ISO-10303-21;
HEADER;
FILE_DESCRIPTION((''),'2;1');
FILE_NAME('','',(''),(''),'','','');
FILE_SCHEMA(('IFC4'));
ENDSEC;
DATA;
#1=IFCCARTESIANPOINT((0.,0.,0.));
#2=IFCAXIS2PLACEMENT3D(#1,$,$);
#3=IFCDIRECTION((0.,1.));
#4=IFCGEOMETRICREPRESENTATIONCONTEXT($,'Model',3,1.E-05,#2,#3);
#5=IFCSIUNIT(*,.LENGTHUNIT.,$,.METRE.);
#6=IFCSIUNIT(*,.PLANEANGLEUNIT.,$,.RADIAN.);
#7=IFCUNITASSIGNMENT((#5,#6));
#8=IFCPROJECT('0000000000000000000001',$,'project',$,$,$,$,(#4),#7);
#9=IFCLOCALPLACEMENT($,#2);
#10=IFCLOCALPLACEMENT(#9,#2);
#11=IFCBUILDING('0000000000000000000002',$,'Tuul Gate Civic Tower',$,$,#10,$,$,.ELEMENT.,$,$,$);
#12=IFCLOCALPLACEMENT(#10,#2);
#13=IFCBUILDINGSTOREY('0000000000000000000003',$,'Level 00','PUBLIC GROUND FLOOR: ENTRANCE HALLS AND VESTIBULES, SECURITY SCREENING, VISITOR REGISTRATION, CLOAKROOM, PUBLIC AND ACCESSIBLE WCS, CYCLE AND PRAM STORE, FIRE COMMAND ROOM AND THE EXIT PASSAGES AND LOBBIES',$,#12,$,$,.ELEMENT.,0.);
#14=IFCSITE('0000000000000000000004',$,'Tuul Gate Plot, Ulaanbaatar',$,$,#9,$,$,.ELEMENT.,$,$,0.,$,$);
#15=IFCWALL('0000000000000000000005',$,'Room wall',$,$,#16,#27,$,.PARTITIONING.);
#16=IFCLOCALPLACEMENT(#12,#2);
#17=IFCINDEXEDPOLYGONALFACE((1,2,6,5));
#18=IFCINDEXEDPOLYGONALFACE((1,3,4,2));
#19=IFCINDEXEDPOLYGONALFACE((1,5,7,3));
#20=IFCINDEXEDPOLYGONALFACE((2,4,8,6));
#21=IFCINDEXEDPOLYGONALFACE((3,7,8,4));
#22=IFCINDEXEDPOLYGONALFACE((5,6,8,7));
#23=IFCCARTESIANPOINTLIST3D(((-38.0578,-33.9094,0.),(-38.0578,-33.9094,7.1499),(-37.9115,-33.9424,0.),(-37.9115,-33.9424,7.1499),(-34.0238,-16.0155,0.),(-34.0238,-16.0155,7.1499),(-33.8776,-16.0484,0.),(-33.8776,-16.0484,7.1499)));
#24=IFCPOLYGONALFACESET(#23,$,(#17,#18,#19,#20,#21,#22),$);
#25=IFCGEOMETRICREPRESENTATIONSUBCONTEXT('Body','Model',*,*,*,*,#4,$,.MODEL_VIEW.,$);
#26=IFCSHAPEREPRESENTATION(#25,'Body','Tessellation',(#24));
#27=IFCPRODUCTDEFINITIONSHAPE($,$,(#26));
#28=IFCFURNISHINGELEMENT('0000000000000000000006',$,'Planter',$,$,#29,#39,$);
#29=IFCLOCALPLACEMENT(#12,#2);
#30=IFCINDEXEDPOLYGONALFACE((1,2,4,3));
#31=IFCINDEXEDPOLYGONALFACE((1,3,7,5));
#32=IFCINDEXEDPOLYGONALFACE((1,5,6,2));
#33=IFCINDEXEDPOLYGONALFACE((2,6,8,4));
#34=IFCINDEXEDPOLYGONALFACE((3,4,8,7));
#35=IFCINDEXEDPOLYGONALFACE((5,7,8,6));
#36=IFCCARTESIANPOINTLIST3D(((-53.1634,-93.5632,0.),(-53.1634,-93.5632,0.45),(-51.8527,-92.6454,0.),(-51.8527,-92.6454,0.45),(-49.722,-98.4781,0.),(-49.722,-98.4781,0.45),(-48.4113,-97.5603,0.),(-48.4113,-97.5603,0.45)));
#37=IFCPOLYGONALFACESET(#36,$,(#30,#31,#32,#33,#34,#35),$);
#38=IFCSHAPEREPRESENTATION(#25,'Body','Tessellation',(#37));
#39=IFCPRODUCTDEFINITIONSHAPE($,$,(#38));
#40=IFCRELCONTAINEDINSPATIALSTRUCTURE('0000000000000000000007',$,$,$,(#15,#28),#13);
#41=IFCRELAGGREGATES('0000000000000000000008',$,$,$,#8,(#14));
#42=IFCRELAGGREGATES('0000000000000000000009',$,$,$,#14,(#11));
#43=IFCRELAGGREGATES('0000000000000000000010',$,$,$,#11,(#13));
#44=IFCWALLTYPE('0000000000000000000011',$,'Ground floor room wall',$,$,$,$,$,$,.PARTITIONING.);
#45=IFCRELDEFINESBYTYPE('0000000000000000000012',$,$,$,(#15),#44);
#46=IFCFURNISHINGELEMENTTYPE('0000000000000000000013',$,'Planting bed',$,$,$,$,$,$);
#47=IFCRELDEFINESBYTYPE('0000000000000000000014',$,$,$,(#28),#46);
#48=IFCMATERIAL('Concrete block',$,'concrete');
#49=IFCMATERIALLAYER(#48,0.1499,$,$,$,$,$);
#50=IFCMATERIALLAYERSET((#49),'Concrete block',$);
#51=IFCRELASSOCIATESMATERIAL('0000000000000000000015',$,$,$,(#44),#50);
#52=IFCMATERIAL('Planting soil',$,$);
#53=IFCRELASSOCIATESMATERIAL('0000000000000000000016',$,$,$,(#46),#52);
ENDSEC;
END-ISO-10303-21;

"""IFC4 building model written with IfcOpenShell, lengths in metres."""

from ifc_helpers import new_model, si_unit, direction, frame, frame_2d, origin, origin_2d, place, context, subcontext, project, spatial, rectangle, extrude, material, layer, layer_set, type_object, element, save


model = new_model("IFC4")

# Units and contexts
model_context = context("Model", 3, precision=1e-05, world=origin(), true_north=direction((0.0, 1.0)))
body_context = subcontext(model_context, "Body", "Model", "MODEL_VIEW")
ifc_project = project(units=[si_unit("LENGTHUNIT", "METRE"), si_unit("PLANEANGLEUNIT", "RADIAN")], contexts=[model_context])

# Site, building, storey
site_placement = place(None, origin())
site = spatial("IfcSite", under=ifc_project, at=site_placement, Name="Tuul Gate Plot, Ulaanbaatar", CompositionType="ELEMENT", RefElevation=0.0)
building_placement = place(site_placement, origin())
building = spatial("IfcBuilding", under=site, at=building_placement, Name="Tuul Gate Civic Tower", CompositionType="ELEMENT")
storey_placement = place(building_placement, origin())
storey = spatial("IfcBuildingStorey", under=building, at=storey_placement, Name="Level 00", Description="PUBLIC GROUND FLOOR: ENTRANCE HALLS AND VESTIBULES, SECURITY SCREENING, VISITOR REGISTRATION, CLOAKROOM, PUBLIC AND ACCESSIBLE WCS, CYCLE AND PRAM STORE, FIRE COMMAND ROOM AND THE EXIT PASSAGES AND LOBBIES", CompositionType="ELEMENT", Elevation=0.0)

# Wall
ifc_material_1 = material(Name="Concrete block", Category="concrete")
ifc_layer_1 = layer(ifc_material_1, 0.1499)
ifc_layer_set_1 = layer_set([ifc_layer_1], Name="Concrete block")
wall_type_1 = type_object("IfcWallType", Name="Ground floor room wall", PredefinedType="PARTITIONING", material=ifc_layer_set_1)
wall_1_placement = place(storey_placement, frame((-37.9846, -33.9258, 0.0), z_axis=(0.0, 0.0, 1.0), x_axis=(0.219916, 0.975519, 0.0)))
element("IfcWall", 1, at=wall_1_placement, inside=storey, type_object=wall_type_1, Name="Room wall", PredefinedType="PARTITIONING", context=body_context, shape_type="SweptSolid", body=[
    extrude(rectangle(XDim=18.343, YDim=0.1499, at=frame_2d((9.1714, 0.0))), origin(), (0.0, 0.0, 1.0), 7.1499),
])

# Furnishing element
ifc_material_2 = material(Name="Planting soil")
furnishing_element_type = type_object("IfcFurnishingElementType", Name="Planting bed", material=ifc_material_2)
furnishing_placement = place(storey_placement, frame((-50.7874, -95.5618, 0.0), z_axis=(0.0, 0.0, 1.0), x_axis=(0.573576, -0.819152, 0.0)))
element("IfcFurnishingElement", 2, at=furnishing_placement, inside=storey, type_object=furnishing_element_type, Name="Planter", context=body_context, shape_type="SweptSolid", body=[
    extrude(rectangle(XDim=6.0, YDim=1.6001, at=origin_2d()), origin(), (0.0, 0.0, 1.0), 0.45),
])

save(model, "model.ifc")
